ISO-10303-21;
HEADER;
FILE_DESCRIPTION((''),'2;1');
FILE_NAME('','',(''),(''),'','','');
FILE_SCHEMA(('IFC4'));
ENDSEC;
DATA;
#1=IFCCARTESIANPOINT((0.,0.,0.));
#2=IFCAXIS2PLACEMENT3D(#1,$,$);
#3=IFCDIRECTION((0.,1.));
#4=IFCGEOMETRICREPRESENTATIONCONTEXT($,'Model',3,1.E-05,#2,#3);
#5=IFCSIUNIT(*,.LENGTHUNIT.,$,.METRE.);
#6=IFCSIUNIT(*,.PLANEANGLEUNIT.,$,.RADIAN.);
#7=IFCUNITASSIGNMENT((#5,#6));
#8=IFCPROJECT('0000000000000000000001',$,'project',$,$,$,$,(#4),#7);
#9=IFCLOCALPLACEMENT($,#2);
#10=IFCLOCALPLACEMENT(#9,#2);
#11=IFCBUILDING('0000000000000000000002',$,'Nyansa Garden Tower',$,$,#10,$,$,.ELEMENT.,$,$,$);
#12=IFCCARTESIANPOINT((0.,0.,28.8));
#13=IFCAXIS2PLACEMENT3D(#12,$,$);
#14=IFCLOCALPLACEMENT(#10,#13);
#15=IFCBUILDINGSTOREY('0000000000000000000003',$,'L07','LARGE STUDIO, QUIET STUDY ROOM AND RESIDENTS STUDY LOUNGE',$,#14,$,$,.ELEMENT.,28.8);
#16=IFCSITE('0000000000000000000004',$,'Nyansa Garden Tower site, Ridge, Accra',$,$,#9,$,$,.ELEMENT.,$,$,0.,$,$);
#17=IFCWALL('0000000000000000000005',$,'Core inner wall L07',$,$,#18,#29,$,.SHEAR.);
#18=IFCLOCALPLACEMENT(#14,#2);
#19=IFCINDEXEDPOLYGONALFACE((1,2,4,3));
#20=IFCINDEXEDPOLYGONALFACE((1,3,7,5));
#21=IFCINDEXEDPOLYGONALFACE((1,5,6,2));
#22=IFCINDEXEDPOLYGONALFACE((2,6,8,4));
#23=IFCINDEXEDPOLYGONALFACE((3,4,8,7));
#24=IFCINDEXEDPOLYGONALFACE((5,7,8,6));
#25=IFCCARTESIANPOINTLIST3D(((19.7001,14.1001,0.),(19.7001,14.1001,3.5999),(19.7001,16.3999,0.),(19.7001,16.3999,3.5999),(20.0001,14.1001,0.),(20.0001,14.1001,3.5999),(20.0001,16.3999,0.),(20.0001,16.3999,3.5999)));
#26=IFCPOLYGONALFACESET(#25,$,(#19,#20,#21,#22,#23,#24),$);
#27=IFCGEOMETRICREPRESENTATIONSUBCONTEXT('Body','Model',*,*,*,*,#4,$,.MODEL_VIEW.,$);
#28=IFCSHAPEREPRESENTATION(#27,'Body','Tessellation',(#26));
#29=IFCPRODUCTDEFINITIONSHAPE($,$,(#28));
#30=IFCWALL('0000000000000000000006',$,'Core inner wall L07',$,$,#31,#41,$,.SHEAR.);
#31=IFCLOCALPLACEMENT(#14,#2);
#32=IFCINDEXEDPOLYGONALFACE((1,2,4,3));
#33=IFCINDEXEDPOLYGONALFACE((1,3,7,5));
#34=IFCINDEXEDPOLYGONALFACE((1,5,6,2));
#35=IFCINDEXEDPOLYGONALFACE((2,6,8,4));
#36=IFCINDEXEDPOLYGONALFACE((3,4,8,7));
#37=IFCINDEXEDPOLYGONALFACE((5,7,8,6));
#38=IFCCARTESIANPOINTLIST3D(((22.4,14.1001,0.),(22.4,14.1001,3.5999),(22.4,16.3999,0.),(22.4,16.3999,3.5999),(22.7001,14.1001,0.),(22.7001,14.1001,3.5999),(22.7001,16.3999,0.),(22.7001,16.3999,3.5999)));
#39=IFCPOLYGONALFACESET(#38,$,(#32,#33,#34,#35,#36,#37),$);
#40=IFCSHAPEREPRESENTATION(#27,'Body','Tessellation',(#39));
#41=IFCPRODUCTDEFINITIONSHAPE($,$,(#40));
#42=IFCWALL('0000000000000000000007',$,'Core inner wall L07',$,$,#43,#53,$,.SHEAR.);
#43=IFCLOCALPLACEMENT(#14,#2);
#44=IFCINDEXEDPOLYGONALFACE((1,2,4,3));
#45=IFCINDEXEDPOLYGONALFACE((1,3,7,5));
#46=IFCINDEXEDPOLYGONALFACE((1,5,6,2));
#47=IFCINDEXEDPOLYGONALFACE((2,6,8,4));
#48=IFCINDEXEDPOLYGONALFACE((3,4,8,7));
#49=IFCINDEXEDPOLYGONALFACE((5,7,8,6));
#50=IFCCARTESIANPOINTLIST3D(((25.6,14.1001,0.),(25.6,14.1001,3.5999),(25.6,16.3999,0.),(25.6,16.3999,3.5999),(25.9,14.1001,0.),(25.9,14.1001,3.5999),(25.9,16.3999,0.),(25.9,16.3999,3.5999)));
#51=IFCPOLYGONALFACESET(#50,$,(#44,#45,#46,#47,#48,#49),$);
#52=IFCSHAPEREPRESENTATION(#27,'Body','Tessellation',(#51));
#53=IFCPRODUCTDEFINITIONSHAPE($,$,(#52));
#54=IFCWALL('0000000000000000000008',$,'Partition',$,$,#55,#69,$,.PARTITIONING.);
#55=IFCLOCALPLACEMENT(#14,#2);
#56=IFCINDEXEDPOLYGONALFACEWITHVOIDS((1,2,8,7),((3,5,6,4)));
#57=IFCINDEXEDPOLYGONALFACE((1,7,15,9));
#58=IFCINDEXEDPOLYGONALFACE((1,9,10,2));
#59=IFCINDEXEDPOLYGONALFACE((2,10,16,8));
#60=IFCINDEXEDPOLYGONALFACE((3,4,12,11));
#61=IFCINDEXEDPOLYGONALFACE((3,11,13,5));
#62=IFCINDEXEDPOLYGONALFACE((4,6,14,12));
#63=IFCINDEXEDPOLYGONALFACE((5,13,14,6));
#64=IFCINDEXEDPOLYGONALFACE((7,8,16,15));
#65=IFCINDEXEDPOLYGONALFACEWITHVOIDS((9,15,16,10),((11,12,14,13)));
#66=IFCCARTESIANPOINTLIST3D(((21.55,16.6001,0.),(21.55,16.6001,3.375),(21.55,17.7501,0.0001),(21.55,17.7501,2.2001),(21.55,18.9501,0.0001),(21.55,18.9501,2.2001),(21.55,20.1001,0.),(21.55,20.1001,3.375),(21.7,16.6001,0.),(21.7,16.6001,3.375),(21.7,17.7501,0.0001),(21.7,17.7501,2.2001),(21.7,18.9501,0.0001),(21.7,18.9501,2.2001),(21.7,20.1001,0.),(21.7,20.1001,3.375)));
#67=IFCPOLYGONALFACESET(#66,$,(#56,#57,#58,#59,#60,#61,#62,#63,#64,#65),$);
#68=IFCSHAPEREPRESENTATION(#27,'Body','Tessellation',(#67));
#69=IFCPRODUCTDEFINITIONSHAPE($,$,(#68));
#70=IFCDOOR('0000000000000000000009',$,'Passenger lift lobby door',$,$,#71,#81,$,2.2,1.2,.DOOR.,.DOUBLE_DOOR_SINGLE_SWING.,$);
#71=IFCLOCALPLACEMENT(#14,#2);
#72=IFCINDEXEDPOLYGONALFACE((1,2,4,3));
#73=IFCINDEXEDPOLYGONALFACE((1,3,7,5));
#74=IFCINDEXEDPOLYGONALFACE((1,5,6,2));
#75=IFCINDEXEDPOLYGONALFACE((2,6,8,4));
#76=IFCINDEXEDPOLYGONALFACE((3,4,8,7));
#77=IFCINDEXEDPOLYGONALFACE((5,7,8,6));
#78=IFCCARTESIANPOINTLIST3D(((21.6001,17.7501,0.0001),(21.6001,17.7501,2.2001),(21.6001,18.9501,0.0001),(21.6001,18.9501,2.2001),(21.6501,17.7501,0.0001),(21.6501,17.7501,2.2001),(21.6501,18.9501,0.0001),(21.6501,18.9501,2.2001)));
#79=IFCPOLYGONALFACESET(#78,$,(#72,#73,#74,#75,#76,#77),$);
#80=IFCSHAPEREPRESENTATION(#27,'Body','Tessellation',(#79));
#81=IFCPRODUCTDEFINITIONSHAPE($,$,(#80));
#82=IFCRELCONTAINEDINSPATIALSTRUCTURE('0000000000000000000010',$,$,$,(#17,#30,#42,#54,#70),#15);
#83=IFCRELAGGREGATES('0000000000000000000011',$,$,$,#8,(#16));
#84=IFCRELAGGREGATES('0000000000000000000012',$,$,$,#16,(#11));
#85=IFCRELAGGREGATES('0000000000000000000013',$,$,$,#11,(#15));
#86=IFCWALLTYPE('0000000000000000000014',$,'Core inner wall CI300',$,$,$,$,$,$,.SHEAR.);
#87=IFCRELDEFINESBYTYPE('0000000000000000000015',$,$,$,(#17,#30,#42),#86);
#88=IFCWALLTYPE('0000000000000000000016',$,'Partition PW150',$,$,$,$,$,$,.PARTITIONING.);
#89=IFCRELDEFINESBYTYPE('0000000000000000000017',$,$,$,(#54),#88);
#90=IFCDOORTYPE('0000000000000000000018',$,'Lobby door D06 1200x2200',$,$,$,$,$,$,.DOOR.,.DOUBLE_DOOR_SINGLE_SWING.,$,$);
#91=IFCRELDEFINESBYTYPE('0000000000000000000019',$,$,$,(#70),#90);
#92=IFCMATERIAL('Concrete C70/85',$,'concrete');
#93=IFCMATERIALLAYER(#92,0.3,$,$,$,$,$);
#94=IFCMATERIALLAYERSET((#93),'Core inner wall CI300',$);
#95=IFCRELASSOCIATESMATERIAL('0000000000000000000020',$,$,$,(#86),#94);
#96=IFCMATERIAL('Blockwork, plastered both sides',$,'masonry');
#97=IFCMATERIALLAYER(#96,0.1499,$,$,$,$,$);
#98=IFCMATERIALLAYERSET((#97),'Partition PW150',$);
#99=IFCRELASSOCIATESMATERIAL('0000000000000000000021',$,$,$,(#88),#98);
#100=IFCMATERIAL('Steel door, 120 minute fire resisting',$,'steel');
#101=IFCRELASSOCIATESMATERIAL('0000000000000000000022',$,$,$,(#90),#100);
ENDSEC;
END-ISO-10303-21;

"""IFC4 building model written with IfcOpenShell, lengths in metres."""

from ifc_helpers import new_model, si_unit, direction, frame, frame_2d, origin, place, context, subcontext, project, spatial, rectangle, extrude, material, layer, layer_set, type_object, element, fill, save


model = new_model("IFC4")

# Units and contexts
model_context = context("Model", 3, precision=1e-05, world=origin(), true_north=direction((0.0, 1.0)))
body_context = subcontext(model_context, "Body", "Model", "MODEL_VIEW")
ifc_project = project(units=[si_unit("LENGTHUNIT", "METRE"), si_unit("PLANEANGLEUNIT", "RADIAN")], contexts=[model_context])

# Site, building, storey
site_placement = place(None, origin())
site = spatial("IfcSite", under=ifc_project, at=site_placement, Name="Nyansa Garden Tower site, Ridge, Accra", CompositionType="ELEMENT", RefElevation=0.0)
building_placement = place(site_placement, origin())
building = spatial("IfcBuilding", under=site, at=building_placement, Name="Nyansa Garden Tower", CompositionType="ELEMENT")
storey_placement = place(building_placement, frame((0.0, 0.0, 28.8)))
storey = spatial("IfcBuildingStorey", under=building, at=storey_placement, Name="L07", Description="LARGE STUDIO, QUIET STUDY ROOM AND RESIDENTS STUDY LOUNGE", CompositionType="ELEMENT", Elevation=28.8)

# Walls
ifc_material_1 = material(Name="Concrete C70/85", Category="concrete")
ifc_layer_1 = layer(ifc_material_1, 0.3)
ifc_layer_set_1 = layer_set([ifc_layer_1], Name="Core inner wall CI300")
wall_type_1 = type_object("IfcWallType", Name="Core inner wall CI300", PredefinedType="SHEAR", material=ifc_layer_set_1)
for number, where, z_axis, x_axis, name in (
    (1, (19.8501, 14.1001, 0.0), (0.0, 0.0, 1.0), (0.0, 1.0, 0.0), "Core inner wall L07"),
    (2, (22.55, 14.1001, 0.0), (0.0, 0.0, 1.0), (0.0, 1.0, 0.0), "Core inner wall L07"),
    (3, (25.75, 14.1001, 0.0), (0.0, 0.0, 1.0), (0.0, 1.0, 0.0), "Core inner wall L07"),
):
    element("IfcWall", number, at=place(storey_placement, frame(where, z_axis=z_axis, x_axis=x_axis)), inside=storey, type_object=wall_type_1, Name=name, PredefinedType="SHEAR", context=body_context, shape_type="SweptSolid", body=[
        extrude(rectangle(XDim=2.2998, YDim=0.3, at=frame_2d((1.1499, 0.0))), origin(), (0.0, 0.0, 1.0), 3.5999),
    ])

# Wall, opening, door
ifc_material_2 = material(Name="Blockwork, plastered both sides", Category="masonry")
ifc_layer_2 = layer(ifc_material_2, 0.1499)
ifc_layer_set_2 = layer_set([ifc_layer_2], Name="Partition PW150")
wall_type_2 = type_object("IfcWallType", Name="Partition PW150", PredefinedType="PARTITIONING", material=ifc_layer_set_2)
wall_placement = place(storey_placement, frame((21.625, 16.6001, 0.0), z_axis=(0.0, 0.0, 1.0), x_axis=(0.0, 1.0, 0.0)))
wall = element("IfcWall", 4, at=wall_placement, inside=storey, type_object=wall_type_2, Name="Partition", PredefinedType="PARTITIONING", context=body_context, shape_type="SweptSolid", body=[
    extrude(rectangle(XDim=3.5, YDim=0.1499, at=frame_2d((1.75, 0.0))), origin(), (0.0, 0.0, 1.0), 3.375),
])
opening_placement = place(wall_placement, frame((1.1499, 0.0, 0.0)))
opening = element("IfcOpeningElement", 5, at=opening_placement, cuts=wall, PredefinedType="OPENING", context=body_context, shape_type="SweptSolid", body=[
    extrude(rectangle(XDim=1.2, YDim=2.2, at=frame_2d((0.6001, 1.1001))), frame((0.0, 0.085, 0.0), z_axis=(0.0, -1.0, 0.0), x_axis=(1.0, 0.0, 0.0)), (0.0, 0.0, 1.0), 0.1699),
])
ifc_material_3 = material(Name="Steel door, 120 minute fire resisting", Category="steel")
door_type = type_object("IfcDoorType", Name="Lobby door D06 1200x2200", OperationType="DOUBLE_DOOR_SINGLE_SWING", PredefinedType="DOOR", material=ifc_material_3)
door_placement = place(opening_placement, origin())
door = element("IfcDoor", 6, at=door_placement, inside=storey, type_object=door_type, Name="Passenger lift lobby door", OperationType="DOUBLE_DOOR_SINGLE_SWING", OverallHeight=2.2, OverallWidth=1.2, PredefinedType="DOOR", context=body_context, shape_type="SweptSolid", body=[
    extrude(rectangle(XDim=1.2, YDim=2.2, at=frame_2d((0.6001, 1.1001))), frame((0.0, 0.0249, 0.0), z_axis=(0.0, -1.0, 0.0), x_axis=(1.0, 0.0, 0.0)), (0.0, 0.0, 1.0), 0.05),
])
fill(opening, door)

save(model, "model.ifc")
